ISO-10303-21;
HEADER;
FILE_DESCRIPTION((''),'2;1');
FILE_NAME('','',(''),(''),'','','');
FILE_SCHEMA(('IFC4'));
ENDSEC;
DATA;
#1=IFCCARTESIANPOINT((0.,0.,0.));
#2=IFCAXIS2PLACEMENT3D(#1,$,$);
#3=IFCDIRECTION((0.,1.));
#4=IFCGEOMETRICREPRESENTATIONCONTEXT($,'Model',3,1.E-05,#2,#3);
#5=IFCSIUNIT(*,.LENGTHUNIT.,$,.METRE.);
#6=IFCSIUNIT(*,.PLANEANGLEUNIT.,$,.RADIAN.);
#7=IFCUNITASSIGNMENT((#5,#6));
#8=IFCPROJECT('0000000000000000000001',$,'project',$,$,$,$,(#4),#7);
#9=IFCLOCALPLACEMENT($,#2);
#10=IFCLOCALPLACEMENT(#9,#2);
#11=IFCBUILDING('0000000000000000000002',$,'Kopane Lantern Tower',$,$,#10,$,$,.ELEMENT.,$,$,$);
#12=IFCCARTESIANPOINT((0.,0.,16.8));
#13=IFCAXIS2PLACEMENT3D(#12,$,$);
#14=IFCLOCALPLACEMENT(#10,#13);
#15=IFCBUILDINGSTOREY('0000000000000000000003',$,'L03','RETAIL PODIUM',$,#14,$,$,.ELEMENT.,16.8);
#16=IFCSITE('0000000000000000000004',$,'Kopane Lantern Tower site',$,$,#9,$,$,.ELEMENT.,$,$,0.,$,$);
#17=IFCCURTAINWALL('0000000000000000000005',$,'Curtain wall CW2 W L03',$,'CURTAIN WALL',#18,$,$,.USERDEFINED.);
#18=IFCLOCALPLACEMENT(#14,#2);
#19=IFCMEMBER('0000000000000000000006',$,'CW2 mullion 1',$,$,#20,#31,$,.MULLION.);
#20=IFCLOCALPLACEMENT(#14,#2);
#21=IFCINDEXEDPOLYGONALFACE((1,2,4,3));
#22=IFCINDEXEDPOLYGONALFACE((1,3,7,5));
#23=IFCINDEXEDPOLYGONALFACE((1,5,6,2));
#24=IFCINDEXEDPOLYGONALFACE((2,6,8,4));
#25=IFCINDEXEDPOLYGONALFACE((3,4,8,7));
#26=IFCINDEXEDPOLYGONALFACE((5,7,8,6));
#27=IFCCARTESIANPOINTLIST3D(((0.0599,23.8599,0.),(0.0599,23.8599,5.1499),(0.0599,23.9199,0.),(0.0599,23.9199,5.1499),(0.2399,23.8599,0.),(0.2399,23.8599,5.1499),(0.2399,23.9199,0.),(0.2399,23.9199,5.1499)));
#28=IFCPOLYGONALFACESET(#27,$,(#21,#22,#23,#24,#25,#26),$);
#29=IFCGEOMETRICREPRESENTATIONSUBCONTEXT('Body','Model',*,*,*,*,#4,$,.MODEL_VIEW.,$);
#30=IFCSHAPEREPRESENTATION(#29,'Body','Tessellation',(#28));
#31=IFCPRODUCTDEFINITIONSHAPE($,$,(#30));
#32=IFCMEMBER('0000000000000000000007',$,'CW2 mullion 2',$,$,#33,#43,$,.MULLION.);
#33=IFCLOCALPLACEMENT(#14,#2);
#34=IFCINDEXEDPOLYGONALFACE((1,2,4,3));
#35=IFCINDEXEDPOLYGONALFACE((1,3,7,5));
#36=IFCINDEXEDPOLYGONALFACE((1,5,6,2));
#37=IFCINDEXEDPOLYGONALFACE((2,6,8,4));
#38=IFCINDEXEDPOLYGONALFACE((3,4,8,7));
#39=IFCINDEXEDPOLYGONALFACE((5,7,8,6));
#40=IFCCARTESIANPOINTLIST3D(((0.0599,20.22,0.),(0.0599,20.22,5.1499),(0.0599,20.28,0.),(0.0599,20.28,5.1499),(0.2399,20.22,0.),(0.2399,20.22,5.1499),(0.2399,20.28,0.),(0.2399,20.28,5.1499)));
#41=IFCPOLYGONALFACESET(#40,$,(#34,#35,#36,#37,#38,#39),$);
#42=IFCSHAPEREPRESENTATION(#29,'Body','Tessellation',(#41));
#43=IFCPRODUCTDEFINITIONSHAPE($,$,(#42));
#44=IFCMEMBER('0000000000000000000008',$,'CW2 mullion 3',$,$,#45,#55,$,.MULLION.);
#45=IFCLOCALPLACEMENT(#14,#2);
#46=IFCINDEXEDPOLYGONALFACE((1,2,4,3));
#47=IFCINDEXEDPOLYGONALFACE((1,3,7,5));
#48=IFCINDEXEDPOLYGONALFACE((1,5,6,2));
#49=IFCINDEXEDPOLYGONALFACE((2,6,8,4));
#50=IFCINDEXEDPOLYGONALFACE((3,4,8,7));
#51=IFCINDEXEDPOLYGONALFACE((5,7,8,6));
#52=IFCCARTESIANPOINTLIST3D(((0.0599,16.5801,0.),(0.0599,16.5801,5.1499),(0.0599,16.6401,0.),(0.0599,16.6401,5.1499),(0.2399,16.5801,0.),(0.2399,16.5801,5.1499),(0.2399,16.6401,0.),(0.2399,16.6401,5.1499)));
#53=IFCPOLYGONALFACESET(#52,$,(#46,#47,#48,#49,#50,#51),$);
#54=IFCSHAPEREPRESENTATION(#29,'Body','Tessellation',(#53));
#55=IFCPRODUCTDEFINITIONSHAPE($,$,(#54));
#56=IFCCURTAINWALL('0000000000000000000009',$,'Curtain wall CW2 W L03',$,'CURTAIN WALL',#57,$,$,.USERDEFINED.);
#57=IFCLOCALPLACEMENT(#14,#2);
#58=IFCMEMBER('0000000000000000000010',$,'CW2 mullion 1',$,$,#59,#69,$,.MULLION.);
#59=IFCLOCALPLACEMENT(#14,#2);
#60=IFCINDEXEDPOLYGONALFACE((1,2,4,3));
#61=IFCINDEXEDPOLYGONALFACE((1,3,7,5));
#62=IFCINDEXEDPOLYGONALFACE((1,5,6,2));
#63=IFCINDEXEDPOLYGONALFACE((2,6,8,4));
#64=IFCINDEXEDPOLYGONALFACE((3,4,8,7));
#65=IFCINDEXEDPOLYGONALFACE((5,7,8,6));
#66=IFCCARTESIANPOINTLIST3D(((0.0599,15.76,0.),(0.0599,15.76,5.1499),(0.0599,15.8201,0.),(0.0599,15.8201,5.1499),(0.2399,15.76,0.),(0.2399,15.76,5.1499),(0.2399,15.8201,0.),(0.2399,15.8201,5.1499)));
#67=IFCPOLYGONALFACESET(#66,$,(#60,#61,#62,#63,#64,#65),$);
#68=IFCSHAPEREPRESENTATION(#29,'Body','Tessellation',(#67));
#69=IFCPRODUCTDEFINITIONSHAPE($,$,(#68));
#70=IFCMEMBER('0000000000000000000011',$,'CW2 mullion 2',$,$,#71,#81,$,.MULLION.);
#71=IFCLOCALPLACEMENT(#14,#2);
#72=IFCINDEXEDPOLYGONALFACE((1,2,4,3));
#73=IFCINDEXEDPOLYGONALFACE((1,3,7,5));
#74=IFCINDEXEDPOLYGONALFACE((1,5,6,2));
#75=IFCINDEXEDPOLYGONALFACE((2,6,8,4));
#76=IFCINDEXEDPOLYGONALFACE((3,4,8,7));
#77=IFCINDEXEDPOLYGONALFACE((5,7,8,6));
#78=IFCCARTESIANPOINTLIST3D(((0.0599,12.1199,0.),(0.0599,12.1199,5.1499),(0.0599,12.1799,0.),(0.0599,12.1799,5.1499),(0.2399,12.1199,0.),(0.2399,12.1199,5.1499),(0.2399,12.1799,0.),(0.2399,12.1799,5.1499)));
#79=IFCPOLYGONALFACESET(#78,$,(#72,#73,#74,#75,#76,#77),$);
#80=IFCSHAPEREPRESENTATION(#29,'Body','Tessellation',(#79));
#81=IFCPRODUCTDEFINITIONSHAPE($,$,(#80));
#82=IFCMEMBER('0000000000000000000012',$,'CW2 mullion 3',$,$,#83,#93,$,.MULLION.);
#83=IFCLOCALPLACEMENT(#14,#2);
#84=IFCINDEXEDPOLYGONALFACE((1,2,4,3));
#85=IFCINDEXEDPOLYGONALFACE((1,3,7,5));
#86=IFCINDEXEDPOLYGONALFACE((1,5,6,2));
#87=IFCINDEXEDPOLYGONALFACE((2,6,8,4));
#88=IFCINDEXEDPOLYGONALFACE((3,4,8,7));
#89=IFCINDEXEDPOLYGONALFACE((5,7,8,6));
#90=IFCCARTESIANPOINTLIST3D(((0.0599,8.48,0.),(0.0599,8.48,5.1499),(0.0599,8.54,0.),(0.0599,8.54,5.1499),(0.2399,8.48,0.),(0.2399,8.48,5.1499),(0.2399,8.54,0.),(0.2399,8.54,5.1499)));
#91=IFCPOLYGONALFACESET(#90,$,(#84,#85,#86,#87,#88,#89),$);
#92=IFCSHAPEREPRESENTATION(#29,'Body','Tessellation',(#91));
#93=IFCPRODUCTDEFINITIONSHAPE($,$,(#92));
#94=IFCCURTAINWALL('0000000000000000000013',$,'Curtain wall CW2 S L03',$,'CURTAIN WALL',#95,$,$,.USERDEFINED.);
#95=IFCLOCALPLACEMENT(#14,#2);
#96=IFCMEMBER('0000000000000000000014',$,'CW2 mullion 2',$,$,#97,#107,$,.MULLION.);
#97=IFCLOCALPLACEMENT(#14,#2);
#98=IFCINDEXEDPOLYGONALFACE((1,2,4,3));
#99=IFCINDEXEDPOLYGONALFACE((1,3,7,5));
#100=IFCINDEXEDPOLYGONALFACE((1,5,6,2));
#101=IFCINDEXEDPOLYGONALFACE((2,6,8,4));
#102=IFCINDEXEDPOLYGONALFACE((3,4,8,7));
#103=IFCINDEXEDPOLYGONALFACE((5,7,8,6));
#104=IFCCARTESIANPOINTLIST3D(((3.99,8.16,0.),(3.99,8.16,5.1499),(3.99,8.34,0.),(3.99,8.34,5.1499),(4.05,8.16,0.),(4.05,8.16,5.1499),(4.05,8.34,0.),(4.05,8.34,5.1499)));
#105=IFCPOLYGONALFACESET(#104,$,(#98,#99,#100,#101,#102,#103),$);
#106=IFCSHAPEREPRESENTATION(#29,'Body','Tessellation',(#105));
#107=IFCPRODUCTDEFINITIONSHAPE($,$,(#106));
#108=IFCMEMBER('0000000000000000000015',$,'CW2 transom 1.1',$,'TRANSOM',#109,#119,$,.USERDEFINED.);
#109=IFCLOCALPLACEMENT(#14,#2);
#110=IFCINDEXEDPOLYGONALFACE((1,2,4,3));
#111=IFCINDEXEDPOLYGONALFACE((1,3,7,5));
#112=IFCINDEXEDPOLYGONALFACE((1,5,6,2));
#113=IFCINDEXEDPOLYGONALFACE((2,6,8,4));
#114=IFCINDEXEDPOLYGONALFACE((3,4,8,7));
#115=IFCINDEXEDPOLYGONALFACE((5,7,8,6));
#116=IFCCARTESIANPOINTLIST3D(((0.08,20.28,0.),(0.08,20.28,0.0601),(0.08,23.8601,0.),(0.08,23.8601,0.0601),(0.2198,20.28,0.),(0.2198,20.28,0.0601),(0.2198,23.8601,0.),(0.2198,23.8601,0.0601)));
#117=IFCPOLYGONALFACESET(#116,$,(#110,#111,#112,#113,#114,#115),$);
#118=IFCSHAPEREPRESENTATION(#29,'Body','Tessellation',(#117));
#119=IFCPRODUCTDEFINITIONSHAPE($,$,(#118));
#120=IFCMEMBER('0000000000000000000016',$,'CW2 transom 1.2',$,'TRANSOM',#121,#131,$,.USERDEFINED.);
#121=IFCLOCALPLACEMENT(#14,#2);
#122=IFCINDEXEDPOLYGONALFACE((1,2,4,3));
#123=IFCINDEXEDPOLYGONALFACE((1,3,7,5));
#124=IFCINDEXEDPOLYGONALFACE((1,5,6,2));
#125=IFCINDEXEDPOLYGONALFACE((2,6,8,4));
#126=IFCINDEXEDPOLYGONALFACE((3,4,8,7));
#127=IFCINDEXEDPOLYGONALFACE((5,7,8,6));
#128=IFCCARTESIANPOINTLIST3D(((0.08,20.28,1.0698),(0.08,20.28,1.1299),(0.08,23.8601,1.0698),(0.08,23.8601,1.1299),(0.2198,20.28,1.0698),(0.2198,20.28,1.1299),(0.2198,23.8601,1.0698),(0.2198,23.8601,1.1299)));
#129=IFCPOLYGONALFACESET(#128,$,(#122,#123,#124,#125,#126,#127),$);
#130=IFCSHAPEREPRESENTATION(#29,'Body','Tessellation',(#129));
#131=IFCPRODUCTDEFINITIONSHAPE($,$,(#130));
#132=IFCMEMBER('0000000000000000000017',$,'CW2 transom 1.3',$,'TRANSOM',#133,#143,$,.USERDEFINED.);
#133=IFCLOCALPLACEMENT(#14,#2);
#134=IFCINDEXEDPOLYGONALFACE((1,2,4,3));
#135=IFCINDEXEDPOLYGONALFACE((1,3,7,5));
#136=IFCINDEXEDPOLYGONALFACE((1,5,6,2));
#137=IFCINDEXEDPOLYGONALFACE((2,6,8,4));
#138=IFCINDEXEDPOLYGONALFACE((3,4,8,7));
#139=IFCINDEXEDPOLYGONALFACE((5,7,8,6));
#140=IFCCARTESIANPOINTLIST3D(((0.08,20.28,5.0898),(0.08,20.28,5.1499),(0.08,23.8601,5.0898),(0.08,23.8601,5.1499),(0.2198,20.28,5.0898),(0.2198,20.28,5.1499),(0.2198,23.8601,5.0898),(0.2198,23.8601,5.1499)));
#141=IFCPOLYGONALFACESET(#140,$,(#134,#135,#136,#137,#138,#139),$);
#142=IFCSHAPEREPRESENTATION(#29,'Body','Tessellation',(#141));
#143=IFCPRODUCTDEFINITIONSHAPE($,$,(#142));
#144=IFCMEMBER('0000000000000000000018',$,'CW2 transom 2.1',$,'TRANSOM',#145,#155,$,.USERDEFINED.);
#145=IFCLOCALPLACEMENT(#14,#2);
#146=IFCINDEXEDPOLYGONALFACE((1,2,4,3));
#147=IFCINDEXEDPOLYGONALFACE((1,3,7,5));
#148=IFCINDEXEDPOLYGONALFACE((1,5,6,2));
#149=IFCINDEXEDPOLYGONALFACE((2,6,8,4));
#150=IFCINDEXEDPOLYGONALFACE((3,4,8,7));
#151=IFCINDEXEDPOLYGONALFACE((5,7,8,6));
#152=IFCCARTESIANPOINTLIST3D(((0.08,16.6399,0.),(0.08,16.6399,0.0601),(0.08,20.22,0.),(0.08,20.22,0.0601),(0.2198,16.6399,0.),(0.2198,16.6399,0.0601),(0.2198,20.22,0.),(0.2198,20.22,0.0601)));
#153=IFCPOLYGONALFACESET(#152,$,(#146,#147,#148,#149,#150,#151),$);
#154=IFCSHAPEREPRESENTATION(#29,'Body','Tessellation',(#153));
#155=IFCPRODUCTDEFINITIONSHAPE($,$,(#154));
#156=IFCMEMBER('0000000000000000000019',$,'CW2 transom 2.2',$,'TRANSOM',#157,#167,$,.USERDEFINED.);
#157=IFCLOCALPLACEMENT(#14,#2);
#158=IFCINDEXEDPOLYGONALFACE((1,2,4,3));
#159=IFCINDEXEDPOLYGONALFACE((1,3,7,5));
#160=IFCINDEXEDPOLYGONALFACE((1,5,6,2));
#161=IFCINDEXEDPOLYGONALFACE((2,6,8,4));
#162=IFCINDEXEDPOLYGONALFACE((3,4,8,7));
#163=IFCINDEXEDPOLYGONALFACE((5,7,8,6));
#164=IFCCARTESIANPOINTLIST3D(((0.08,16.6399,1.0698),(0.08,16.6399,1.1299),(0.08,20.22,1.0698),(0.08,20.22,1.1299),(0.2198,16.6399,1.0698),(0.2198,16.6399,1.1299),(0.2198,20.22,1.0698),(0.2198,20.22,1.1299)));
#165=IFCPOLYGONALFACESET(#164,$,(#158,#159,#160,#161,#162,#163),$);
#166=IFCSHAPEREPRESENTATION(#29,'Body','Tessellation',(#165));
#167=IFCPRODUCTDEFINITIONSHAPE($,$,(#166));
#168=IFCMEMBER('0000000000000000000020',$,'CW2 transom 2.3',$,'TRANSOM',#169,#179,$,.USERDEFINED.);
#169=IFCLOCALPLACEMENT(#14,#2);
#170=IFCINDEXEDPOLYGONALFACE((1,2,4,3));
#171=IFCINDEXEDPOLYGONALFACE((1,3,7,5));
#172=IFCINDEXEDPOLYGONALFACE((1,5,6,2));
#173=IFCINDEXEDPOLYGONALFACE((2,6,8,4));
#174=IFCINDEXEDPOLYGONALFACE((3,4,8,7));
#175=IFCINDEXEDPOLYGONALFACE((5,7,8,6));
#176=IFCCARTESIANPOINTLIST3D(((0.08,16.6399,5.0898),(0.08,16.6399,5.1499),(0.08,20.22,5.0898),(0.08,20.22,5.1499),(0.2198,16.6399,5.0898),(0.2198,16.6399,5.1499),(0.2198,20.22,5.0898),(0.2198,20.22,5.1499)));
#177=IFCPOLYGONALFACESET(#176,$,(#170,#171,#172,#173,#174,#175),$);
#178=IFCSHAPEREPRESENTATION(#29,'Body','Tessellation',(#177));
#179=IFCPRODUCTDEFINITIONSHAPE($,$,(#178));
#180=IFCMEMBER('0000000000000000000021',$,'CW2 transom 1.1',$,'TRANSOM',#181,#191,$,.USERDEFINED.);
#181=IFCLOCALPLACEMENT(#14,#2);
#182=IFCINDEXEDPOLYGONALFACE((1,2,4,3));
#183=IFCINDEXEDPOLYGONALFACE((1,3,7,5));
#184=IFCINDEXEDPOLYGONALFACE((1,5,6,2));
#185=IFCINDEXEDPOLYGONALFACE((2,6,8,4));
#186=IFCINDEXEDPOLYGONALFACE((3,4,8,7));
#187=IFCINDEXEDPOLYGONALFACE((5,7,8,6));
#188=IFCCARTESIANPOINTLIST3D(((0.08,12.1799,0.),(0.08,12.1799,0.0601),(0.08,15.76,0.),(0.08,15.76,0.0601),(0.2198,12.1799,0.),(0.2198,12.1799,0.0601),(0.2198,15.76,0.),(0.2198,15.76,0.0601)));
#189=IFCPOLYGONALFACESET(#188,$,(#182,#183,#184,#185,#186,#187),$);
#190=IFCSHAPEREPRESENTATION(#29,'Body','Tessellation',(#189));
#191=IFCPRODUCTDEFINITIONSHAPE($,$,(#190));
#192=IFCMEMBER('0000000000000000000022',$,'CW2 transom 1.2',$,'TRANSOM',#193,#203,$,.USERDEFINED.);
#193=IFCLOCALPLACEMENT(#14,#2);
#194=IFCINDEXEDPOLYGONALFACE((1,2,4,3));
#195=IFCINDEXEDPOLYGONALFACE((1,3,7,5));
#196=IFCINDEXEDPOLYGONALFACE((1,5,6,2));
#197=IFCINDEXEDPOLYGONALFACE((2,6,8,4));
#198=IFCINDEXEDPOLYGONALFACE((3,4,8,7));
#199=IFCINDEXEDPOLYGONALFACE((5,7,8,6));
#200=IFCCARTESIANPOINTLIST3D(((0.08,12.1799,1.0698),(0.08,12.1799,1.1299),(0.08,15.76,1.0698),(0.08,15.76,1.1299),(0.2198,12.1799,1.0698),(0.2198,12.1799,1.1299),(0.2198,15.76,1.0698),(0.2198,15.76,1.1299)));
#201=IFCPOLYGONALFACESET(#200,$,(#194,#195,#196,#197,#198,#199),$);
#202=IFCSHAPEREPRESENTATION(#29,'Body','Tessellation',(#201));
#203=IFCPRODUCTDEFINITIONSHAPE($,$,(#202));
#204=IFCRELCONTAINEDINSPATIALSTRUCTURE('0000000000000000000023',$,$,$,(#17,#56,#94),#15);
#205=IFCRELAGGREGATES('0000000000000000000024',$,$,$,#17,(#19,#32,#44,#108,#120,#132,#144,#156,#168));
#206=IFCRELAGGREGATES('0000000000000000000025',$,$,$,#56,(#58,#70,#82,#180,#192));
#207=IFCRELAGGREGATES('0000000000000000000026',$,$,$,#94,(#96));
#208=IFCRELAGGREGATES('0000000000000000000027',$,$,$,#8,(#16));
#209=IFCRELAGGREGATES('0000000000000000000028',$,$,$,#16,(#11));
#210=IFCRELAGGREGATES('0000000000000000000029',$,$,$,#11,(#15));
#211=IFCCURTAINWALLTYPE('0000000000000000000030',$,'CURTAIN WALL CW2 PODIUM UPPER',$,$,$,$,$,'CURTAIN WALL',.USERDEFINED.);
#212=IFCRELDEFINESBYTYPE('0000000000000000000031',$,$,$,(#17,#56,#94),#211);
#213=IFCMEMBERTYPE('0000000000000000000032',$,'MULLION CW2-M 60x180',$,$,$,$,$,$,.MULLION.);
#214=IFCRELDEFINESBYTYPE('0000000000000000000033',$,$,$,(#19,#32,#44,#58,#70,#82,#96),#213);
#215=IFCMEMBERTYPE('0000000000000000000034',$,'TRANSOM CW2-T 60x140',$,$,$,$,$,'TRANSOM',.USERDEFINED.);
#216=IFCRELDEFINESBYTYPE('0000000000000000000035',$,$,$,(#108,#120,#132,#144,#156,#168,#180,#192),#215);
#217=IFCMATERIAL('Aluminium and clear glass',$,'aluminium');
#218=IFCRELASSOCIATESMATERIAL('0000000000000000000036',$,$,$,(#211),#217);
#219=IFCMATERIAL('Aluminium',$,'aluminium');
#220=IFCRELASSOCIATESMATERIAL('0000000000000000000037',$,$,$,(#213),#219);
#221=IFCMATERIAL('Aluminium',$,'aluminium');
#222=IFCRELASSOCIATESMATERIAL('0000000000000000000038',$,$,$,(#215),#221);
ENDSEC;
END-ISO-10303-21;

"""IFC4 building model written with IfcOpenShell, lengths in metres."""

from ifc_helpers import new_model, si_unit, direction, frame, origin, origin_2d, place, context, subcontext, project, spatial, rectangle, extrude, material, material_profile, profile_set, type_object, element, aggregate, save


model = new_model("IFC4")

# Units and contexts
model_context = context("Model", 3, precision=1e-05, world=origin(), true_north=direction((0.0, 1.0)))
body_context = subcontext(model_context, "Body", "Model", "MODEL_VIEW")
ifc_project = project(units=[si_unit("LENGTHUNIT", "METRE"), si_unit("PLANEANGLEUNIT", "RADIAN")], contexts=[model_context])

# Site, building, storey
site_placement = place(None, origin())
site = spatial("IfcSite", under=ifc_project, at=site_placement, Name="Kopane Lantern Tower site", CompositionType="ELEMENT", RefElevation=0.0)
building_placement = place(site_placement, origin())
building = spatial("IfcBuilding", under=site, at=building_placement, Name="Kopane Lantern Tower", CompositionType="ELEMENT")
storey_placement = place(building_placement, frame((0.0, 0.0, 16.8)))
storey = spatial("IfcBuildingStorey", under=building, at=storey_placement, Name="L03", Description="RETAIL PODIUM", CompositionType="ELEMENT", Elevation=16.8)

# Curtain walls, members
ifc_material_1 = material(Name="Aluminium and clear glass", Category="aluminium")
curtain_wall_type = type_object("IfcCurtainWallType", Name="CURTAIN WALL CW2 PODIUM UPPER", ElementType="CURTAIN WALL", PredefinedType="USERDEFINED", material=ifc_material_1)
curtain_wall_1_placement = place(storey_placement, origin())
curtain_wall_1 = element("IfcCurtainWall", 1, at=curtain_wall_1_placement, inside=storey, type_object=curtain_wall_type, Name="Curtain wall CW2 W L03", ObjectType="CURTAIN WALL", PredefinedType="USERDEFINED")
ifc_material_2 = material(Name="Aluminium", Category="aluminium")
ifc_material_profile_1 = material_profile(ifc_material_2, rectangle(XDim=0.0601, YDim=0.1799, at=origin_2d()), Name="AL 60x180")
ifc_profile_set_1 = profile_set([ifc_material_profile_1], Name="Aluminium")
member_type_1 = type_object("IfcMemberType", Name="MULLION CW2-M 60x180", PredefinedType="MULLION", material=ifc_profile_set_1)
member_1_placement = place(storey_placement, frame((0.1499, 23.8899, 0.0), z_axis=(0.0, 0.0, 1.0), x_axis=(0.0, -1.0, 0.0)))
member_1 = element("IfcMember", 2, at=member_1_placement, type_object=member_type_1, Name="CW2 mullion 1", PredefinedType="MULLION", context=body_context, shape_type="SweptSolid", body=[
    extrude(rectangle(XDim=0.0601, YDim=0.1799, at=origin_2d()), origin(), (0.0, 0.0, 1.0), 5.1499),
])
member_2_placement = place(storey_placement, frame((0.1499, 20.25, 0.0), z_axis=(0.0, 0.0, 1.0), x_axis=(0.0, -1.0, 0.0)))
member_2 = element("IfcMember", 3, at=member_2_placement, type_object=member_type_1, Name="CW2 mullion 2", PredefinedType="MULLION", context=body_context, shape_type="SweptSolid", body=[
    extrude(rectangle(XDim=0.0601, YDim=0.1799, at=origin_2d()), origin(), (0.0, 0.0, 1.0), 5.1499),
])
member_3_placement = place(storey_placement, frame((0.1499, 16.6101, 0.0), z_axis=(0.0, 0.0, 1.0), x_axis=(0.0, -1.0, 0.0)))
member_3 = element("IfcMember", 4, at=member_3_placement, type_object=member_type_1, Name="CW2 mullion 3", PredefinedType="MULLION", context=body_context, shape_type="SweptSolid", body=[
    extrude(rectangle(XDim=0.0601, YDim=0.1799, at=origin_2d()), origin(), (0.0, 0.0, 1.0), 5.1499),
])
curtain_wall_2_placement = place(storey_placement, origin())
curtain_wall_2 = element("IfcCurtainWall", 5, at=curtain_wall_2_placement, inside=storey, type_object=curtain_wall_type, Name="Curtain wall CW2 W L03", ObjectType="CURTAIN WALL", PredefinedType="USERDEFINED")
member_4_placement = place(storey_placement, frame((0.1499, 15.79, 0.0), z_axis=(0.0, 0.0, 1.0), x_axis=(0.0, -1.0, 0.0)))
member_4 = element("IfcMember", 6, at=member_4_placement, type_object=member_type_1, Name="CW2 mullion 1", PredefinedType="MULLION", context=body_context, shape_type="SweptSolid", body=[
    extrude(rectangle(XDim=0.0601, YDim=0.1799, at=origin_2d()), origin(), (0.0, 0.0, 1.0), 5.1499),
])
member_5_placement = place(storey_placement, frame((0.1499, 12.1499, 0.0), z_axis=(0.0, 0.0, 1.0), x_axis=(0.0, -1.0, 0.0)))
member_5 = element("IfcMember", 7, at=member_5_placement, type_object=member_type_1, Name="CW2 mullion 2", PredefinedType="MULLION", context=body_context, shape_type="SweptSolid", body=[
    extrude(rectangle(XDim=0.0601, YDim=0.1799, at=origin_2d()), origin(), (0.0, 0.0, 1.0), 5.1499),
])
member_6_placement = place(storey_placement, frame((0.1499, 8.51, 0.0), z_axis=(0.0, 0.0, 1.0), x_axis=(0.0, -1.0, 0.0)))
member_6 = element("IfcMember", 8, at=member_6_placement, type_object=member_type_1, Name="CW2 mullion 3", PredefinedType="MULLION", context=body_context, shape_type="SweptSolid", body=[
    extrude(rectangle(XDim=0.0601, YDim=0.1799, at=origin_2d()), origin(), (0.0, 0.0, 1.0), 5.1499),
])

# Curtain wall, member
curtain_wall_3_placement = place(storey_placement, origin())
curtain_wall_3 = element("IfcCurtainWall", 9, at=curtain_wall_3_placement, inside=storey, type_object=curtain_wall_type, Name="Curtain wall CW2 S L03", ObjectType="CURTAIN WALL", PredefinedType="USERDEFINED")
member_7_placement = place(storey_placement, frame((4.02, 8.25, 0.0), z_axis=(0.0, 0.0, 1.0), x_axis=(1.0, 0.0, 0.0)))
member_7 = element("IfcMember", 10, at=member_7_placement, type_object=member_type_1, Name="CW2 mullion 2", PredefinedType="MULLION", context=body_context, shape_type="SweptSolid", body=[
    extrude(rectangle(XDim=0.0601, YDim=0.1799, at=origin_2d()), origin(), (0.0, 0.0, 1.0), 5.1499),
])

# Members
ifc_material_3 = material(Name="Aluminium", Category="aluminium")
ifc_material_profile_2 = material_profile(ifc_material_3, rectangle(XDim=0.1399, YDim=0.0601, at=origin_2d()), Name="AL 140x60")
ifc_profile_set_2 = profile_set([ifc_material_profile_2], Name="Aluminium")
member_type_2 = type_object("IfcMemberType", Name="TRANSOM CW2-T 60x140", ElementType="TRANSOM", PredefinedType="USERDEFINED", material=ifc_profile_set_2)
member_8_placement = place(storey_placement, frame((0.1499, 23.8601, 0.03), z_axis=(0.0, -1.0, 0.0), x_axis=(1.0, 0.0, 0.0)))
member_8 = element("IfcMember", 11, at=member_8_placement, type_object=member_type_2, Name="CW2 transom 1.1", ObjectType="TRANSOM", PredefinedType="USERDEFINED", context=body_context, shape_type="SweptSolid", body=[
    extrude(rectangle(XDim=0.1399, YDim=0.0601, at=origin_2d()), origin(), (0.0, 0.0, 1.0), 3.5801),
])
member_9_placement = place(storey_placement, frame((0.1499, 23.8601, 1.0999), z_axis=(0.0, -1.0, 0.0), x_axis=(1.0, 0.0, 0.0)))
member_9 = element("IfcMember", 12, at=member_9_placement, type_object=member_type_2, Name="CW2 transom 1.2", ObjectType="TRANSOM", PredefinedType="USERDEFINED", context=body_context, shape_type="SweptSolid", body=[
    extrude(rectangle(XDim=0.1399, YDim=0.0601, at=origin_2d()), origin(), (0.0, 0.0, 1.0), 3.5801),
])
member_10_placement = place(storey_placement, frame((0.1499, 23.8601, 5.1199), z_axis=(0.0, -1.0, 0.0), x_axis=(1.0, 0.0, 0.0)))
member_10 = element("IfcMember", 13, at=member_10_placement, type_object=member_type_2, Name="CW2 transom 1.3", ObjectType="TRANSOM", PredefinedType="USERDEFINED", context=body_context, shape_type="SweptSolid", body=[
    extrude(rectangle(XDim=0.1399, YDim=0.0601, at=origin_2d()), origin(), (0.0, 0.0, 1.0), 3.5801),
])
member_11_placement = place(storey_placement, frame((0.1499, 20.22, 0.03), z_axis=(0.0, -1.0, 0.0), x_axis=(1.0, 0.0, 0.0)))
member_11 = element("IfcMember", 14, at=member_11_placement, type_object=member_type_2, Name="CW2 transom 2.1", ObjectType="TRANSOM", PredefinedType="USERDEFINED", context=body_context, shape_type="SweptSolid", body=[
    extrude(rectangle(XDim=0.1399, YDim=0.0601, at=origin_2d()), origin(), (0.0, 0.0, 1.0), 3.5801),
])
member_12_placement = place(storey_placement, frame((0.1499, 20.22, 1.0999), z_axis=(0.0, -1.0, 0.0), x_axis=(1.0, 0.0, 0.0)))
member_12 = element("IfcMember", 15, at=member_12_placement, type_object=member_type_2, Name="CW2 transom 2.2", ObjectType="TRANSOM", PredefinedType="USERDEFINED", context=body_context, shape_type="SweptSolid", body=[
    extrude(rectangle(XDim=0.1399, YDim=0.0601, at=origin_2d()), origin(), (0.0, 0.0, 1.0), 3.5801),
])
member_13_placement = place(storey_placement, frame((0.1499, 20.22, 5.1199), z_axis=(0.0, -1.0, 0.0), x_axis=(1.0, 0.0, 0.0)))
member_13 = element("IfcMember", 16, at=member_13_placement, type_object=member_type_2, Name="CW2 transom 2.3", ObjectType="TRANSOM", PredefinedType="USERDEFINED", context=body_context, shape_type="SweptSolid", body=[
    extrude(rectangle(XDim=0.1399, YDim=0.0601, at=origin_2d()), origin(), (0.0, 0.0, 1.0), 3.5801),
])
member_14_placement = place(storey_placement, frame((0.1499, 15.76, 0.03), z_axis=(0.0, -1.0, 0.0), x_axis=(1.0, 0.0, 0.0)))
member_14 = element("IfcMember", 17, at=member_14_placement, type_object=member_type_2, Name="CW2 transom 1.1", ObjectType="TRANSOM", PredefinedType="USERDEFINED", context=body_context, shape_type="SweptSolid", body=[
    extrude(rectangle(XDim=0.1399, YDim=0.0601, at=origin_2d()), origin(), (0.0, 0.0, 1.0), 3.5801),
])
member_15_placement = place(storey_placement, frame((0.1499, 15.76, 1.0999), z_axis=(0.0, -1.0, 0.0), x_axis=(1.0, 0.0, 0.0)))
member_15 = element("IfcMember", 18, at=member_15_placement, type_object=member_type_2, Name="CW2 transom 1.2", ObjectType="TRANSOM", PredefinedType="USERDEFINED", context=body_context, shape_type="SweptSolid", body=[
    extrude(rectangle(XDim=0.1399, YDim=0.0601, at=origin_2d()), origin(), (0.0, 0.0, 1.0), 3.5801),
])

aggregate(curtain_wall_1, [member_1, member_2, member_3, member_8, member_9, member_10, member_11, member_12, member_13])
aggregate(curtain_wall_2, [member_4, member_5, member_6, member_14, member_15])
aggregate(curtain_wall_3, [member_7])

save(model, "model.ifc")
